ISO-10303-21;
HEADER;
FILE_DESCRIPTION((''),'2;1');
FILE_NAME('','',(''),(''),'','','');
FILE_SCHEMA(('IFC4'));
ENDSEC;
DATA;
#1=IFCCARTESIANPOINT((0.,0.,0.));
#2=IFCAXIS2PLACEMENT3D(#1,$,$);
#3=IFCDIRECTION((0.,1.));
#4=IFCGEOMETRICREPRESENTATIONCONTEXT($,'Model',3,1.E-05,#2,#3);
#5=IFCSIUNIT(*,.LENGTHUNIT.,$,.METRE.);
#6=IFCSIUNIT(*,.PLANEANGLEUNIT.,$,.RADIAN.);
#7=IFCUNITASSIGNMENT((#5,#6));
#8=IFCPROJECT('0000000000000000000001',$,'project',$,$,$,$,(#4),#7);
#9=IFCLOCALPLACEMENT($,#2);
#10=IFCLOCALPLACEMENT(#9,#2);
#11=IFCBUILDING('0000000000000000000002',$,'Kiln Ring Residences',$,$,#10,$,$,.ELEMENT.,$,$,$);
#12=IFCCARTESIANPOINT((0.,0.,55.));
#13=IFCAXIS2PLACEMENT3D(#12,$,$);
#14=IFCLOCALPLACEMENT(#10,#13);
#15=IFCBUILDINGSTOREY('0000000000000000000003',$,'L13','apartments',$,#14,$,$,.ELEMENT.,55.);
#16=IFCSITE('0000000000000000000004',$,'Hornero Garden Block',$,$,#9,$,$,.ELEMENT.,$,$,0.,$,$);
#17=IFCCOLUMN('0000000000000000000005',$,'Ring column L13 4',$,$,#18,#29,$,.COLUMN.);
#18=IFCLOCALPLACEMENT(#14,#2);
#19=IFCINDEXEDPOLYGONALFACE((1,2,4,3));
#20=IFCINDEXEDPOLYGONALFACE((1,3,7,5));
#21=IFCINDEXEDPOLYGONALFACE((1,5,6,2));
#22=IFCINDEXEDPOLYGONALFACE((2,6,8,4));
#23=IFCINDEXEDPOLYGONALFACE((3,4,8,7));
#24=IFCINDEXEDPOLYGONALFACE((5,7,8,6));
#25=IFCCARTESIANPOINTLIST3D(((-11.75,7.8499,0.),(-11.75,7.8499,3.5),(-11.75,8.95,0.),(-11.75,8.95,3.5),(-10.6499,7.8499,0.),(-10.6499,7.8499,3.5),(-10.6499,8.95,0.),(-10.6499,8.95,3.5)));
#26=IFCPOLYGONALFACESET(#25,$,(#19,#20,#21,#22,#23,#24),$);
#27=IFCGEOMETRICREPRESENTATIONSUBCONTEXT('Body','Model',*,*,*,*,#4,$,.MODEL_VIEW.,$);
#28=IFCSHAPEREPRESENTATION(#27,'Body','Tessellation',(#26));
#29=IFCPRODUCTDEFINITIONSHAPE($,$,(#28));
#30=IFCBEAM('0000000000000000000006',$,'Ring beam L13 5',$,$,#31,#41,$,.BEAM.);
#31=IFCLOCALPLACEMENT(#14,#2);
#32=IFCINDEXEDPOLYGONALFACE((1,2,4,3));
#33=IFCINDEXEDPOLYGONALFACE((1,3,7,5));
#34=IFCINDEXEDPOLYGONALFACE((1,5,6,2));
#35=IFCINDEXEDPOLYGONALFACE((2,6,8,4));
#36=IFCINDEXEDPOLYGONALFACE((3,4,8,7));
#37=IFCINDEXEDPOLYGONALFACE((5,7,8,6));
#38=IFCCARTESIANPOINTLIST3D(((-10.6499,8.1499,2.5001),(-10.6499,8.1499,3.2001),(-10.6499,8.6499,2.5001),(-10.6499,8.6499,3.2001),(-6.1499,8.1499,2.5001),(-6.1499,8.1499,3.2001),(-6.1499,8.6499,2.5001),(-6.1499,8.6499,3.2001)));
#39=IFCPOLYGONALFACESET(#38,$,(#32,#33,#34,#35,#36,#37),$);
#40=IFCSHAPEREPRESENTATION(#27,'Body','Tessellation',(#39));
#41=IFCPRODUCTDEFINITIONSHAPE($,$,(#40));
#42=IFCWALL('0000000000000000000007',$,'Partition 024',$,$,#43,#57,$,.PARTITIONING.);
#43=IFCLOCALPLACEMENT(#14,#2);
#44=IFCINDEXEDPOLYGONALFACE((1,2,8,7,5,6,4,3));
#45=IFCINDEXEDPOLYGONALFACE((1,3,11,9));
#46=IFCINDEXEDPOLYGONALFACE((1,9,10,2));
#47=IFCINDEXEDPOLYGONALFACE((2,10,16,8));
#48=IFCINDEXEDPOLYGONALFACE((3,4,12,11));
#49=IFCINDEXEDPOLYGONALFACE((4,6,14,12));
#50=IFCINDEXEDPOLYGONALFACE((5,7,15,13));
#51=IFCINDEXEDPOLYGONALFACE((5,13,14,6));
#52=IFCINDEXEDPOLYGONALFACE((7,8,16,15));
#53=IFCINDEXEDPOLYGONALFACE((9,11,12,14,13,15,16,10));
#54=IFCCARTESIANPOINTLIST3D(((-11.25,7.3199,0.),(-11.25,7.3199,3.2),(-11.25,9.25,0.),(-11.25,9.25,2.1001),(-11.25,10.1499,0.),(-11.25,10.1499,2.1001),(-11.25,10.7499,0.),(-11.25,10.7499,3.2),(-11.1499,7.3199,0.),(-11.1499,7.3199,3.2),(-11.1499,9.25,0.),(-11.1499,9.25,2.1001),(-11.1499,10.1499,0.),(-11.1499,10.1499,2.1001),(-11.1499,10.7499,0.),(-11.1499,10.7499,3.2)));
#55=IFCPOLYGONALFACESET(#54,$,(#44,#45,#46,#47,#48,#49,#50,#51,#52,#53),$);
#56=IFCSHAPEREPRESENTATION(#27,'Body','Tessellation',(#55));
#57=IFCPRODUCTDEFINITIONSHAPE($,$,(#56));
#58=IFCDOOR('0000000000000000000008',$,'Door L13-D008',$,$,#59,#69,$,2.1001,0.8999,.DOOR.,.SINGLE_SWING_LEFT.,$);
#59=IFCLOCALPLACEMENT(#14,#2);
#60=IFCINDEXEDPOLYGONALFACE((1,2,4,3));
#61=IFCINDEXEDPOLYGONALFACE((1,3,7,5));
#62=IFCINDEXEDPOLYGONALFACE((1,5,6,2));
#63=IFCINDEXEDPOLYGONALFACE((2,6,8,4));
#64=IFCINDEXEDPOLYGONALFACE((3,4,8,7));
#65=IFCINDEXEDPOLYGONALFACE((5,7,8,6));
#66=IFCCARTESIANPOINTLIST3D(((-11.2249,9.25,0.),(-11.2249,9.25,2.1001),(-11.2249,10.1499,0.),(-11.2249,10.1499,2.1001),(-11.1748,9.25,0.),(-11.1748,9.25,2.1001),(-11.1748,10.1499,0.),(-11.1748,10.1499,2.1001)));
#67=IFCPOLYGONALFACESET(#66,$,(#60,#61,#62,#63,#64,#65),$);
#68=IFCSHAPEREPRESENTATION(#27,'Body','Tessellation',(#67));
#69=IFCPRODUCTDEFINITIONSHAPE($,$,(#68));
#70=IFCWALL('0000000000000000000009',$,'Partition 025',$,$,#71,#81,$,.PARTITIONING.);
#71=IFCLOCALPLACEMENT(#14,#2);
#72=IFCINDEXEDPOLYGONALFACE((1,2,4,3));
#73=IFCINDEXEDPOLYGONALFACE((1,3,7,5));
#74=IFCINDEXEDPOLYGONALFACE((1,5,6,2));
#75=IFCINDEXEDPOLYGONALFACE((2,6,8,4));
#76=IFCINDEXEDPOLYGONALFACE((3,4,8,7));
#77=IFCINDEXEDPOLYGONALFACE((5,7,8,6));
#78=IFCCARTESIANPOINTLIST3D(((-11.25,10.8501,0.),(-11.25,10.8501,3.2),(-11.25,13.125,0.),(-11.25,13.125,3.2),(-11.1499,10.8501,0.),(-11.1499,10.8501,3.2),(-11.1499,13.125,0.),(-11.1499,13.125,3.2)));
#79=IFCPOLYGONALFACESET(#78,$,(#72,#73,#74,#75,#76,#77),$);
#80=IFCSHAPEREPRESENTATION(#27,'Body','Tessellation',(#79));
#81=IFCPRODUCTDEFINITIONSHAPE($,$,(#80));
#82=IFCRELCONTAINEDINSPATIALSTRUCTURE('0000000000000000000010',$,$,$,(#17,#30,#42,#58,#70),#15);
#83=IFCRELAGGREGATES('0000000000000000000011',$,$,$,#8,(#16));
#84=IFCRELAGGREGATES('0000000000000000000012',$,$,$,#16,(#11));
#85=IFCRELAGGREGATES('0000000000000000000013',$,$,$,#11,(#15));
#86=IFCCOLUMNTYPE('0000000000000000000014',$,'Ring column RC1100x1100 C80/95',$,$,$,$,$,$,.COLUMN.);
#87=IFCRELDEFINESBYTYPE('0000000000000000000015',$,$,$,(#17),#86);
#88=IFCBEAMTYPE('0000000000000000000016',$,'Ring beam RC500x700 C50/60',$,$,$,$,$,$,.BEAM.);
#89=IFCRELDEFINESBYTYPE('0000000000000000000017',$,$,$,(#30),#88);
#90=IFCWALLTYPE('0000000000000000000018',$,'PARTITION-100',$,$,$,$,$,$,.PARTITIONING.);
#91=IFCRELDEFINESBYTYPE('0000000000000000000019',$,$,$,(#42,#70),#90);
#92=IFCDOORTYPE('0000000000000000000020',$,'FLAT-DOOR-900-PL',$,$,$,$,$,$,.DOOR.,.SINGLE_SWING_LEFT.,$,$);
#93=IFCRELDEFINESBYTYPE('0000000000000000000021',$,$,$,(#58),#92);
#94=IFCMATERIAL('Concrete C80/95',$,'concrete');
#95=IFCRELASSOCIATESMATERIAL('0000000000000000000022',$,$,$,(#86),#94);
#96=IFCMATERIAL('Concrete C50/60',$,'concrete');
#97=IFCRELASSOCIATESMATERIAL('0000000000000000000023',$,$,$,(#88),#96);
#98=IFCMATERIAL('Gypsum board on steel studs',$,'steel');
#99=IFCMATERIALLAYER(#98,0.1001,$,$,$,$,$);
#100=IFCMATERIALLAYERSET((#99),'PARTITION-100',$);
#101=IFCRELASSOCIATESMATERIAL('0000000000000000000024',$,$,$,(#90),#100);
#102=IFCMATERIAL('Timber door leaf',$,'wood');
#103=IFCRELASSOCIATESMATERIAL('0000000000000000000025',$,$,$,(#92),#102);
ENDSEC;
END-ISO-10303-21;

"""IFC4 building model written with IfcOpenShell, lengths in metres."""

from ifc_helpers import new_model, si_unit, direction, frame, frame_2d, origin, origin_2d, place, context, subcontext, project, spatial, rectangle, extrude, material, layer, layer_set, material_profile, profile_set, type_object, element, fill, save


model = new_model("IFC4")

# Units and contexts
model_context = context("Model", 3, precision=1e-05, world=origin(), true_north=direction((0.0, 1.0)))
body_context = subcontext(model_context, "Body", "Model", "MODEL_VIEW")
ifc_project = project(units=[si_unit("LENGTHUNIT", "METRE"), si_unit("PLANEANGLEUNIT", "RADIAN")], contexts=[model_context])

# Site, building, storey
site_placement = place(None, origin())
site = spatial("IfcSite", under=ifc_project, at=site_placement, Name="Hornero Garden Block", CompositionType="ELEMENT", RefElevation=0.0)
building_placement = place(site_placement, origin())
building = spatial("IfcBuilding", under=site, at=building_placement, Name="Kiln Ring Residences", CompositionType="ELEMENT")
storey_placement = place(building_placement, frame((0.0, 0.0, 55.0)))
storey = spatial("IfcBuildingStorey", under=building, at=storey_placement, Name="L13", Description="apartments", CompositionType="ELEMENT", Elevation=55.0)

# Column
ifc_material_1 = material(Name="Concrete C80/95", Category="concrete")
ifc_material_profile_1 = material_profile(ifc_material_1, rectangle(XDim=1.1001, YDim=1.1001, at=origin_2d()), Name="RC1100x1100")
ifc_profile_set_1 = profile_set([ifc_material_profile_1], Name="Concrete C80/95")
column_type = type_object("IfcColumnType", Name="Ring column RC1100x1100 C80/95", PredefinedType="COLUMN", material=ifc_profile_set_1)
column_placement = place(storey_placement, frame((-11.2, 8.3999, 0.0), z_axis=(0.0, 0.0, 1.0), x_axis=(1.0, 0.0, 0.0)))
element("IfcColumn", 1, at=column_placement, inside=storey, type_object=column_type, Name="Ring column L13 4", PredefinedType="COLUMN", context=body_context, shape_type="SweptSolid", body=[
    extrude(rectangle(XDim=1.1001, YDim=1.1001, at=origin_2d()), origin(), (0.0, 0.0, 1.0), 3.5),
])

# Beam
ifc_material_2 = material(Name="Concrete C50/60", Category="concrete")
ifc_material_profile_2 = material_profile(ifc_material_2, rectangle(XDim=0.5, YDim=0.7, at=origin_2d()), Name="RC500x700")
ifc_profile_set_2 = profile_set([ifc_material_profile_2], Name="Concrete C50/60")
beam_type = type_object("IfcBeamType", Name="Ring beam RC500x700 C50/60", PredefinedType="BEAM", material=ifc_profile_set_2)
beam_placement = place(storey_placement, frame((-10.6499, 8.3999, 2.8501), z_axis=(1.0, 0.0, 0.0), x_axis=(0.0, 1.0, 0.0)))
element("IfcBeam", 2, at=beam_placement, inside=storey, type_object=beam_type, Name="Ring beam L13 5", PredefinedType="BEAM", context=body_context, shape_type="SweptSolid", body=[
    extrude(rectangle(XDim=0.5, YDim=0.7, at=origin_2d()), origin(), (0.0, 0.0, 1.0), 4.5),
])

# Wall, opening, door
ifc_material_3 = material(Name="Gypsum board on steel studs", Category="steel")
ifc_layer_1 = layer(ifc_material_3, 0.1001)
ifc_layer_set_1 = layer_set([ifc_layer_1], Name="PARTITION-100")
wall_type_1 = type_object("IfcWallType", Name="PARTITION-100", PredefinedType="PARTITIONING", material=ifc_layer_set_1)
wall_1_placement = place(storey_placement, frame((-11.2, 7.3201, 0.0), z_axis=(0.0, 0.0, 1.0), x_axis=(0.0, 1.0, 0.0)))
wall_1 = element("IfcWall", 3, at=wall_1_placement, inside=storey, type_object=wall_type_1, Name="Partition 024", PredefinedType="PARTITIONING", context=body_context, shape_type="SweptSolid", body=[
    extrude(rectangle(XDim=3.4299, YDim=0.1001, at=frame_2d((1.7148, 0.0))), origin(), (0.0, 0.0, 1.0), 3.2),
])
opening_placement = place(wall_1_placement, frame((1.9299, 0.0, 0.0)))
opening = element("IfcOpeningElement", 4, at=opening_placement, cuts=wall_1, PredefinedType="OPENING", context=body_context, shape_type="SweptSolid", body=[
    extrude(rectangle(XDim=0.8999, YDim=2.1001, at=frame_2d((0.45, 1.05))), frame((0.0, 0.0601, 0.0), z_axis=(0.0, -1.0, 0.0), x_axis=(1.0, 0.0, 0.0)), (0.0, 0.0, 1.0), 0.1201),
])
ifc_material_4 = material(Name="Timber door leaf", Category="wood")
door_type = type_object("IfcDoorType", Name="FLAT-DOOR-900-PL", OperationType="SINGLE_SWING_LEFT", PredefinedType="DOOR", material=ifc_material_4)
door_placement = place(opening_placement, origin())
door = element("IfcDoor", 5, at=door_placement, inside=storey, type_object=door_type, Name="Door L13-D008", OperationType="SINGLE_SWING_LEFT", OverallHeight=2.1001, OverallWidth=0.8999, PredefinedType="DOOR", context=body_context, shape_type="SweptSolid", body=[
    extrude(rectangle(XDim=0.8999, YDim=2.1001, at=frame_2d((0.45, 1.05))), frame((0.0, 0.0249, 0.0), z_axis=(0.0, -1.0, 0.0), x_axis=(1.0, 0.0, 0.0)), (0.0, 0.0, 1.0), 0.05),
])
fill(opening, door)

# Wall
wall_2_placement = place(storey_placement, frame((-11.2, 10.8501, 0.0), z_axis=(0.0, 0.0, 1.0), x_axis=(0.0, 1.0, 0.0)))
element("IfcWall", 6, at=wall_2_placement, inside=storey, type_object=wall_type_1, Name="Partition 025", PredefinedType="PARTITIONING", context=body_context, shape_type="SweptSolid", body=[
    extrude(rectangle(XDim=2.2749, YDim=0.1001, at=frame_2d((1.1375, 0.0))), origin(), (0.0, 0.0, 1.0), 3.2),
])

save(model, "model.ifc")
